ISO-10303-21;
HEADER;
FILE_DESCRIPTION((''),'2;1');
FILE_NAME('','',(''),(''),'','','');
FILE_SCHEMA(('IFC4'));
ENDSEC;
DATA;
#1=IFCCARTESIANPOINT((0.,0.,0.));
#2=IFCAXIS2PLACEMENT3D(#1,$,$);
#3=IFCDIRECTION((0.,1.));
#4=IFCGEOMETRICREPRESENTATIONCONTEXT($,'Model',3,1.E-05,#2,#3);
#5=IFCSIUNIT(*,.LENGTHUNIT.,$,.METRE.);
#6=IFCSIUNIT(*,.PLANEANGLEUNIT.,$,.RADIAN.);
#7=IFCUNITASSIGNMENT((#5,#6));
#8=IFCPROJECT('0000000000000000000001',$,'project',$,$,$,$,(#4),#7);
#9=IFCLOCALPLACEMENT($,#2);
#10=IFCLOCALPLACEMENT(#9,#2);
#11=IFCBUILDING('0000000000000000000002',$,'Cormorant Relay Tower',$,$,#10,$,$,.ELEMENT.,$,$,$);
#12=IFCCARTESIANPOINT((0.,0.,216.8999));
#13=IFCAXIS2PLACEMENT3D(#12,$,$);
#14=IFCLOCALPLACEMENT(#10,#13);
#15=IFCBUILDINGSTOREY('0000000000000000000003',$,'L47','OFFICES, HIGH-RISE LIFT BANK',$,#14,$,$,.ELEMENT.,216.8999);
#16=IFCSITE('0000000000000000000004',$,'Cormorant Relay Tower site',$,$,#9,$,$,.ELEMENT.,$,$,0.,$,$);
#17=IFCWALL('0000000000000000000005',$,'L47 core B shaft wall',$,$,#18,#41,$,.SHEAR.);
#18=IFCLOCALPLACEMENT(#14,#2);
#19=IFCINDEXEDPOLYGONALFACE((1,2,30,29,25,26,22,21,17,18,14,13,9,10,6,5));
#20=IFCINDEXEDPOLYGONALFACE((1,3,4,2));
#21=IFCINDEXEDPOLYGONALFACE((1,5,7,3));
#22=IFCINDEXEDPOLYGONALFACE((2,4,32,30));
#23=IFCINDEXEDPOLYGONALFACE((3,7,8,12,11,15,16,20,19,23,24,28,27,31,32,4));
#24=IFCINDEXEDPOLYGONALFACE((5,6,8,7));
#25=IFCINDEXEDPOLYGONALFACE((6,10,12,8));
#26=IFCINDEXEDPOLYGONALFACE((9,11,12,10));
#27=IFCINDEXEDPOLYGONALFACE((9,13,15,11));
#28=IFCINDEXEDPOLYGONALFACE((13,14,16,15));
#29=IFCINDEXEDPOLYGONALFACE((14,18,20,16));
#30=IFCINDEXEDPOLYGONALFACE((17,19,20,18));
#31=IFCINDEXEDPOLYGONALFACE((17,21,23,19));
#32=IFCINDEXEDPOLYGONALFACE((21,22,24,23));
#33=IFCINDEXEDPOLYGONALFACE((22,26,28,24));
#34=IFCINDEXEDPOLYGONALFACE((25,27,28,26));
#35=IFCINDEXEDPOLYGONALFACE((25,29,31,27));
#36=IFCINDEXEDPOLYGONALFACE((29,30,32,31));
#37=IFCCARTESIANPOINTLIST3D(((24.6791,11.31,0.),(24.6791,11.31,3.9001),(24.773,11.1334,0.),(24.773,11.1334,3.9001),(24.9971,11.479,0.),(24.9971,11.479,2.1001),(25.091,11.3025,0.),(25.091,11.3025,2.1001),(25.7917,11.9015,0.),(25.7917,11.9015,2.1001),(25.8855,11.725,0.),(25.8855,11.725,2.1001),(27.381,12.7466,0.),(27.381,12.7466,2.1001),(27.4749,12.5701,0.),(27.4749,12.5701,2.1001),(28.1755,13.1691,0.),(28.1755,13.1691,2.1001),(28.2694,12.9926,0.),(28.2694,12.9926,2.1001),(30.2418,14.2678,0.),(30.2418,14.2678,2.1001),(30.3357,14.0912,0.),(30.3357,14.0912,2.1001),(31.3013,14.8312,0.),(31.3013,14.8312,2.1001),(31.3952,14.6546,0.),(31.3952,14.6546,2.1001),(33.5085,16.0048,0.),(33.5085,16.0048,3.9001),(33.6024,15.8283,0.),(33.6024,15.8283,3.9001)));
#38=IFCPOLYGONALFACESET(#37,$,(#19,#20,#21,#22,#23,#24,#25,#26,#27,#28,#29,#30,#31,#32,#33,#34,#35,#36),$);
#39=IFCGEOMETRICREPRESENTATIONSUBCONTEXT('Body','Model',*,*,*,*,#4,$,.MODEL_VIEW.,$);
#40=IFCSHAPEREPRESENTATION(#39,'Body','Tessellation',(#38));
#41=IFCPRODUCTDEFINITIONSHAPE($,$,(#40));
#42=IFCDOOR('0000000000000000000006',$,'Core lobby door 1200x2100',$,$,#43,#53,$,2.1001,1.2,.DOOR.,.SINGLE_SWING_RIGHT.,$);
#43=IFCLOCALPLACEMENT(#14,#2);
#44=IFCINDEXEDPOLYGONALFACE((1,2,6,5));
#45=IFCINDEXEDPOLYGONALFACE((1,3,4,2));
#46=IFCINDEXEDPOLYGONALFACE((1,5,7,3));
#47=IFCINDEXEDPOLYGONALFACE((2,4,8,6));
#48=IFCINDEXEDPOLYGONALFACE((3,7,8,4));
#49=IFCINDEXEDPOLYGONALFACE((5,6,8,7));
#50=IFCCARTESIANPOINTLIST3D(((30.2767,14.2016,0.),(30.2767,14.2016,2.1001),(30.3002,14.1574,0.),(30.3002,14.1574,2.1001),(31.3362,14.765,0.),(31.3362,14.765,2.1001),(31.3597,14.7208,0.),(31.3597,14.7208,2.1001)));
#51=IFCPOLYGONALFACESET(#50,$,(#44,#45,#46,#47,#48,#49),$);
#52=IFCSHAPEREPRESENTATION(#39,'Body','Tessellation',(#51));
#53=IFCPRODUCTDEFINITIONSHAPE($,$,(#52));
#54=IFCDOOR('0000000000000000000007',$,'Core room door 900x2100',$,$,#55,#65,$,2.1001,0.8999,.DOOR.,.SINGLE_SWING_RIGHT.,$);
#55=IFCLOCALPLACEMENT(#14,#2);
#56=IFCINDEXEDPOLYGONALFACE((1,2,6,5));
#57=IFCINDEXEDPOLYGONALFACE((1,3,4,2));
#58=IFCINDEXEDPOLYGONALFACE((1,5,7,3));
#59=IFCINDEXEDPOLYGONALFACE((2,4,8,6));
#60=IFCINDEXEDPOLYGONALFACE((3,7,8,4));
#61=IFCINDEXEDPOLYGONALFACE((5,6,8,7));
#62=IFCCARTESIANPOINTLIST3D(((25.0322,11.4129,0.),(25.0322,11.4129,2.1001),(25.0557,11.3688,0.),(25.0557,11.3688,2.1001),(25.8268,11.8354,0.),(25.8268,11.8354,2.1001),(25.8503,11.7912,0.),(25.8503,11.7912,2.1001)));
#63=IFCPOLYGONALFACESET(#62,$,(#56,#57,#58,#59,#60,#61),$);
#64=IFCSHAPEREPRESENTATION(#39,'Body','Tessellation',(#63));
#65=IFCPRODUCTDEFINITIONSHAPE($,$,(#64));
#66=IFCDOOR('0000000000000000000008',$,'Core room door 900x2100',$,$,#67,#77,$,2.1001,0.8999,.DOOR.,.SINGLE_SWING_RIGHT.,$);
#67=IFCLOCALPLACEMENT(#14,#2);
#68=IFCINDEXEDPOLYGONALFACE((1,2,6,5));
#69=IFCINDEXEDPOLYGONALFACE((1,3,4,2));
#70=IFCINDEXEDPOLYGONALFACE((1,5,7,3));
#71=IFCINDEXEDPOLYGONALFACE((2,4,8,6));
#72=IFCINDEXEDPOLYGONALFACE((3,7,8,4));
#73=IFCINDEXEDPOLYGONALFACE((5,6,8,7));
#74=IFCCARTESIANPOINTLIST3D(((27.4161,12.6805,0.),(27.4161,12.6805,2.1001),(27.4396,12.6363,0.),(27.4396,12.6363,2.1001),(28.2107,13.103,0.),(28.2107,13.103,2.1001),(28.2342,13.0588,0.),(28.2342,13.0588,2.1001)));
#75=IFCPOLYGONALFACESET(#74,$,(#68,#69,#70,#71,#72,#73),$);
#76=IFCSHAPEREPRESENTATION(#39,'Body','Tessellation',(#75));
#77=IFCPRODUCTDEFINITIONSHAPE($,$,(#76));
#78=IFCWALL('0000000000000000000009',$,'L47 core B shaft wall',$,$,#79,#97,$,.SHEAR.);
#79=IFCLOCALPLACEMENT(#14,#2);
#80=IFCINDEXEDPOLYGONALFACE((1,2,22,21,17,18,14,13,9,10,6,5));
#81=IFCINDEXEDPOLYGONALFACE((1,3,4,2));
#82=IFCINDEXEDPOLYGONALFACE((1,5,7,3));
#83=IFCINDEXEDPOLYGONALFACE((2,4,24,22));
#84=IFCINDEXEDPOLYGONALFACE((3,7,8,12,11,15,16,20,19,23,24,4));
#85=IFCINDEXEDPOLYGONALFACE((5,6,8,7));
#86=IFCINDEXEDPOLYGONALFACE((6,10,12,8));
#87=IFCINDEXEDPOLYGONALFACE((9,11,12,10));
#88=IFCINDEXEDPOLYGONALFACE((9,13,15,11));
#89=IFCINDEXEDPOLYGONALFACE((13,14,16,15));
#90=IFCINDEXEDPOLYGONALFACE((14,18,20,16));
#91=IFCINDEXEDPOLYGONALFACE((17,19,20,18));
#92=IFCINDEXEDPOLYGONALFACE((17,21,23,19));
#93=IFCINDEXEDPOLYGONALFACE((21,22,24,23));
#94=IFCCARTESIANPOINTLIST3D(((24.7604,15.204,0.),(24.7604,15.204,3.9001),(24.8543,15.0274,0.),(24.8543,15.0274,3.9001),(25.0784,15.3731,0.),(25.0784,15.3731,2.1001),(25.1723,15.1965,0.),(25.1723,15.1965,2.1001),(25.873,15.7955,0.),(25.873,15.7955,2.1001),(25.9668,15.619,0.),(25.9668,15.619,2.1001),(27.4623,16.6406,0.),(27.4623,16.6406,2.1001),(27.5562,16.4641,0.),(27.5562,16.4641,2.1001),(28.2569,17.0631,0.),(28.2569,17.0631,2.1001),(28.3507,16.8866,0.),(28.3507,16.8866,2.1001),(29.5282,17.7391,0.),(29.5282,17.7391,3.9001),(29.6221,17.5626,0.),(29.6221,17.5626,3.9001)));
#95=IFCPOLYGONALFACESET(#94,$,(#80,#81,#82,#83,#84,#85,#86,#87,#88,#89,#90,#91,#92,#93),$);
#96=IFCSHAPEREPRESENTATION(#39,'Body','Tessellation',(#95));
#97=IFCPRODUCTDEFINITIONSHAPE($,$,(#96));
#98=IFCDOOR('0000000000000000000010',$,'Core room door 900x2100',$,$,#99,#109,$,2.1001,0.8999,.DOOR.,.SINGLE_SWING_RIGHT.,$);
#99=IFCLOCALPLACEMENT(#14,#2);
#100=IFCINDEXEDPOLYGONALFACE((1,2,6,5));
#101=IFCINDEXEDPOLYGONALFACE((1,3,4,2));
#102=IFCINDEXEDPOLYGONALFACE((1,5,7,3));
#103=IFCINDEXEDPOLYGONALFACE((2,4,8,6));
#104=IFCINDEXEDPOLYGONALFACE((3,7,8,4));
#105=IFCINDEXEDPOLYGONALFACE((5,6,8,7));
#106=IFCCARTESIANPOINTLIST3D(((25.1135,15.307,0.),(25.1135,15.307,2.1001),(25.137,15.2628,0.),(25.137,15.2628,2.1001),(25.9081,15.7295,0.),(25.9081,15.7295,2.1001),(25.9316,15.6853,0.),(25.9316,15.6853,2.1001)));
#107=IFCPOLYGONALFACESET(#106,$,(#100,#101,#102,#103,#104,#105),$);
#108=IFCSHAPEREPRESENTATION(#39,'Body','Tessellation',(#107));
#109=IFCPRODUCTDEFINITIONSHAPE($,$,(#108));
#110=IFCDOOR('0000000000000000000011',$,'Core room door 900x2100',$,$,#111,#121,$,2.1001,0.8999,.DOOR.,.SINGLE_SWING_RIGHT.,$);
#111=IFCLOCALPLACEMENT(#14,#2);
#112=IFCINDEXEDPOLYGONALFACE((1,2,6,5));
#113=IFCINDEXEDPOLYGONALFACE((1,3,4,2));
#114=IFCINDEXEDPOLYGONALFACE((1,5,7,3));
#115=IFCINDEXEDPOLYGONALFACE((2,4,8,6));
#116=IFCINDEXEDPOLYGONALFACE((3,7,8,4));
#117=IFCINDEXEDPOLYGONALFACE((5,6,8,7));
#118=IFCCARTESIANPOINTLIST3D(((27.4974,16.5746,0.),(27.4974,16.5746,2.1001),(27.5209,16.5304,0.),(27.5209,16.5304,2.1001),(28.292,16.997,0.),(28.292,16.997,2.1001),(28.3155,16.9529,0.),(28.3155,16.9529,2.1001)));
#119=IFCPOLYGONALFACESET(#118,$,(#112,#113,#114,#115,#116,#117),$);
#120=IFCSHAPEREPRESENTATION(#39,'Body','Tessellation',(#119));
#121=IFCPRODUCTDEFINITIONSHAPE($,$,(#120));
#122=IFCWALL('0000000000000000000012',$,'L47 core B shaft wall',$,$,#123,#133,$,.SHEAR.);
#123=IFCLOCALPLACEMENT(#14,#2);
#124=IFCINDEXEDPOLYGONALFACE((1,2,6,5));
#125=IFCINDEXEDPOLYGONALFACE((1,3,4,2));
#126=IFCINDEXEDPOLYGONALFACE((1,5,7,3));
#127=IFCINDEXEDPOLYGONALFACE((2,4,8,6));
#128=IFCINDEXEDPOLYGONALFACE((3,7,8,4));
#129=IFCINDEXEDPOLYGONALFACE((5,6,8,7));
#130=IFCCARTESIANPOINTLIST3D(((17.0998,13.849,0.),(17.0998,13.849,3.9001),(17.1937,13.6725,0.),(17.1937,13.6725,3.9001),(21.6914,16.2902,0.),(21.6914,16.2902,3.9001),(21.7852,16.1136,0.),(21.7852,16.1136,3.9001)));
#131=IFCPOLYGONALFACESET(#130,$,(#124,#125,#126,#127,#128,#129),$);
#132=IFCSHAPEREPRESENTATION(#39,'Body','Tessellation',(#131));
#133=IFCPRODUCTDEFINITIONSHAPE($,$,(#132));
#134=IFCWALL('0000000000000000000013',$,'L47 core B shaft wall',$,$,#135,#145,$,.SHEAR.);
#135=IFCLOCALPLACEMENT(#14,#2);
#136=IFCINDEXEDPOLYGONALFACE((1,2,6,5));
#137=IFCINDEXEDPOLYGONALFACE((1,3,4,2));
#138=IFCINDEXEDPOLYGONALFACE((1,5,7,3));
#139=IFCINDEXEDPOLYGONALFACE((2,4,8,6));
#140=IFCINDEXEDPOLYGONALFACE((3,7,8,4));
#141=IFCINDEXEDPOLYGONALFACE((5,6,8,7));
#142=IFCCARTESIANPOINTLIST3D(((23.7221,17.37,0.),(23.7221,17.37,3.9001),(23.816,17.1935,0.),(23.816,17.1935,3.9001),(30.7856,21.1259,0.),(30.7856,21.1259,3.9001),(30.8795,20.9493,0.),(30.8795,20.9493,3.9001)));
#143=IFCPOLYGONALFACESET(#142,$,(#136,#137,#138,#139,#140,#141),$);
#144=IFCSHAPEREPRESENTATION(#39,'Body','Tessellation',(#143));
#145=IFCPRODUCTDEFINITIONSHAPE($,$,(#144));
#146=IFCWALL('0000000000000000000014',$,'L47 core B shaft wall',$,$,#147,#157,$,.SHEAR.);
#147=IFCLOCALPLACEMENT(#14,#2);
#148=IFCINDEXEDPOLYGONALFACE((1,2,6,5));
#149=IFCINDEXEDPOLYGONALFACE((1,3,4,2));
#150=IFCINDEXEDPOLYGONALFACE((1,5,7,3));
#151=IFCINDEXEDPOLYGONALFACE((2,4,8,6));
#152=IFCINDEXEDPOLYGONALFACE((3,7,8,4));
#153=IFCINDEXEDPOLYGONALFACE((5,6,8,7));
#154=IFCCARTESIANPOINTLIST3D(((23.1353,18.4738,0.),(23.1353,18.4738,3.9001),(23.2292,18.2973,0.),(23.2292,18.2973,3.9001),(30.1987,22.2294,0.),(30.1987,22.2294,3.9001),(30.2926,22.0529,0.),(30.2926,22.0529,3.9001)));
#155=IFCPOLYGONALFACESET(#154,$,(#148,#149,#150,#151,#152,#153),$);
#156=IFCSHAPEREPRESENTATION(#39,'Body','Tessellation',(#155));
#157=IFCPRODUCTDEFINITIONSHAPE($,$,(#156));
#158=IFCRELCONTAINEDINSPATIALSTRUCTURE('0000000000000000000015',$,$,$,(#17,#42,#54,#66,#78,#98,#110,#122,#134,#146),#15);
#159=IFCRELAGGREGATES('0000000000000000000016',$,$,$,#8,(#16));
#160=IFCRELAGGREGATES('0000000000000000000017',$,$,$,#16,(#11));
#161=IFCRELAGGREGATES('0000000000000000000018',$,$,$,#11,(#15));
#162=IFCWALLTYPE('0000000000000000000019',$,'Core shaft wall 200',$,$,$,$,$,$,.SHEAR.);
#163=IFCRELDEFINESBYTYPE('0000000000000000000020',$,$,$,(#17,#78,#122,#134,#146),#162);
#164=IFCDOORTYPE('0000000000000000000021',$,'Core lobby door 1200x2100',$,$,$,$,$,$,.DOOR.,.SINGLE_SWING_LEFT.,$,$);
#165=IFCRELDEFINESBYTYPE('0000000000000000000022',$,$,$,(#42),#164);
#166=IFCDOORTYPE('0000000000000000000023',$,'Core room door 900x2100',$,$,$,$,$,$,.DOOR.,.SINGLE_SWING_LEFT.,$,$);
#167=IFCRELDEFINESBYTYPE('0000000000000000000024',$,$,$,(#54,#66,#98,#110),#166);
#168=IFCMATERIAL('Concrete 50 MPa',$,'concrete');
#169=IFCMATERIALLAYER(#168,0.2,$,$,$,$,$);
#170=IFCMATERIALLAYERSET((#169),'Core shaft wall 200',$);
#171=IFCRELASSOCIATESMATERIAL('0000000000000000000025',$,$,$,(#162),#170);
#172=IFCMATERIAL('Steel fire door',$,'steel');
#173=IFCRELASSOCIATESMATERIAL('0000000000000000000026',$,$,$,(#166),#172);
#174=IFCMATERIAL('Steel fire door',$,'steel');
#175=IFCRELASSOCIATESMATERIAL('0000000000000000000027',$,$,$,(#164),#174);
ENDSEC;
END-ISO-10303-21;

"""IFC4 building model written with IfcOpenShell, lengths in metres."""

from ifc_helpers import new_model, si_unit, direction, frame, frame_2d, origin, place, context, subcontext, project, spatial, rectangle, extrude, material, layer, layer_set, type_object, element, fill, save


model = new_model("IFC4")

# Units and contexts
model_context = context("Model", 3, precision=1e-05, world=origin(), true_north=direction((0.0, 1.0)))
body_context = subcontext(model_context, "Body", "Model", "MODEL_VIEW")
ifc_project = project(units=[si_unit("LENGTHUNIT", "METRE"), si_unit("PLANEANGLEUNIT", "RADIAN")], contexts=[model_context])

# Site, building, storey
site_placement = place(None, origin())
site = spatial("IfcSite", under=ifc_project, at=site_placement, Name="Cormorant Relay Tower site", CompositionType="ELEMENT", RefElevation=0.0)
building_placement = place(site_placement, origin())
building = spatial("IfcBuilding", under=site, at=building_placement, Name="Cormorant Relay Tower", CompositionType="ELEMENT")
storey_placement = place(building_placement, frame((0.0, 0.0, 216.8999)))
storey = spatial("IfcBuildingStorey", under=building, at=storey_placement, Name="L47", Description="OFFICES, HIGH-RISE LIFT BANK", CompositionType="ELEMENT", Elevation=216.8999)

# Shared definitions
ifc_material_1 = material(Name="Concrete 50 MPa", Category="concrete")
ifc_layer_1 = layer(ifc_material_1, 0.2)
ifc_layer_set_1 = layer_set([ifc_layer_1], Name="Core shaft wall 200")
wall_type_1 = type_object("IfcWallType", Name="Core shaft wall 200", PredefinedType="SHEAR", material=ifc_layer_set_1)

# Shared definitions
ifc_material_2 = material(Name="Steel fire door", Category="steel")
door_type_1 = type_object("IfcDoorType", Name="Core room door 900x2100", OperationType="SINGLE_SWING_LEFT", PredefinedType="DOOR", material=ifc_material_2)

# Walls, openings, doors
wall_1_placement = place(storey_placement, frame((24.7261, 11.2217, 0.0), z_axis=(0.0, 0.0, 1.0), x_axis=(0.88294, 0.469485, 0.0)))
wall_1 = element("IfcWall", 1, at=wall_1_placement, inside=storey, type_object=wall_type_1, Name="L47 core B shaft wall", PredefinedType="SHEAR", context=body_context, shape_type="SweptSolid", body=[
    extrude(rectangle(XDim=10.0, YDim=0.2, at=frame_2d((5.0, 0.0))), origin(), (0.0, 0.0, 1.0), 3.9001),
])
opening_1_placement = place(wall_1_placement, frame((6.3, 0.0, 0.0)))
opening_1 = element("IfcOpeningElement", 2, at=opening_1_placement, cuts=wall_1, PredefinedType="OPENING", context=body_context, shape_type="SweptSolid", body=[
    extrude(rectangle(XDim=1.2, YDim=2.1001, at=frame_2d((0.6001, 1.05))), frame((0.0, 0.1099, 0.0), z_axis=(0.0, -1.0, 0.0), x_axis=(1.0, 0.0, 0.0)), (0.0, 0.0, 1.0), 0.22),
])
opening_2_placement = place(wall_1_placement, frame((0.3601, 0.0, 0.0)))
opening_2 = element("IfcOpeningElement", 3, at=opening_2_placement, cuts=wall_1, PredefinedType="OPENING", context=body_context, shape_type="SweptSolid", body=[
    extrude(rectangle(XDim=0.8999, YDim=2.1001, at=frame_2d((0.45, 1.05))), frame((0.0, 0.1099, 0.0), z_axis=(0.0, -1.0, 0.0), x_axis=(1.0, 0.0, 0.0)), (0.0, 0.0, 1.0), 0.22),
])
opening_3_placement = place(wall_1_placement, frame((3.0601, 0.0, 0.0)))
opening_3 = element("IfcOpeningElement", 4, at=opening_3_placement, cuts=wall_1, PredefinedType="OPENING", context=body_context, shape_type="SweptSolid", body=[
    extrude(rectangle(XDim=0.8999, YDim=2.1001, at=frame_2d((0.45, 1.05))), frame((0.0, 0.1099, 0.0), z_axis=(0.0, -1.0, 0.0), x_axis=(1.0, 0.0, 0.0)), (0.0, 0.0, 1.0), 0.22),
])
ifc_material_3 = material(Name="Steel fire door", Category="steel")
door_type_2 = type_object("IfcDoorType", Name="Core lobby door 1200x2100", OperationType="SINGLE_SWING_LEFT", PredefinedType="DOOR", material=ifc_material_3)
door_1_placement = place(opening_1_placement, frame((1.2, 0.0, 0.0), z_axis=(0.0, 0.0, 1.0), x_axis=(-1.0, 0.0, 0.0)))
door_1 = element("IfcDoor", 5, at=door_1_placement, inside=storey, type_object=door_type_2, Name="Core lobby door 1200x2100", OperationType="SINGLE_SWING_RIGHT", OverallHeight=2.1001, OverallWidth=1.2, PredefinedType="DOOR", context=body_context, shape_type="SweptSolid", body=[
    extrude(rectangle(XDim=1.2, YDim=2.1001, at=frame_2d((0.6001, 1.05))), frame((0.0, 0.0249, 0.0), z_axis=(0.0, -1.0, 0.0), x_axis=(1.0, 0.0, 0.0)), (0.0, 0.0, 1.0), 0.05),
])
fill(opening_1, door_1)
door_2_placement = place(opening_2_placement, frame((0.8999, 0.0, 0.0), z_axis=(0.0, 0.0, 1.0), x_axis=(-1.0, 0.0, 0.0)))
door_2 = element("IfcDoor", 6, at=door_2_placement, inside=storey, type_object=door_type_1, Name="Core room door 900x2100", OperationType="SINGLE_SWING_RIGHT", OverallHeight=2.1001, OverallWidth=0.8999, PredefinedType="DOOR", context=body_context, shape_type="SweptSolid", body=[
    extrude(rectangle(XDim=0.8999, YDim=2.1001, at=frame_2d((0.45, 1.05))), frame((0.0, 0.0249, 0.0), z_axis=(0.0, -1.0, 0.0), x_axis=(1.0, 0.0, 0.0)), (0.0, 0.0, 1.0), 0.05),
])
fill(opening_2, door_2)
door_3_placement = place(opening_3_placement, frame((0.8999, 0.0, 0.0), z_axis=(0.0, 0.0, 1.0), x_axis=(-1.0, 0.0, 0.0)))
door_3 = element("IfcDoor", 7, at=door_3_placement, inside=storey, type_object=door_type_1, Name="Core room door 900x2100", OperationType="SINGLE_SWING_RIGHT", OverallHeight=2.1001, OverallWidth=0.8999, PredefinedType="DOOR", context=body_context, shape_type="SweptSolid", body=[
    extrude(rectangle(XDim=0.8999, YDim=2.1001, at=frame_2d((0.45, 1.05))), frame((0.0, 0.0249, 0.0), z_axis=(0.0, -1.0, 0.0), x_axis=(1.0, 0.0, 0.0)), (0.0, 0.0, 1.0), 0.05),
])
fill(opening_3, door_3)
wall_2_placement = place(storey_placement, frame((24.8074, 15.1157, 0.0), z_axis=(0.0, 0.0, 1.0), x_axis=(0.882943, 0.46948, 0.0)))
wall_2 = element("IfcWall", 8, at=wall_2_placement, inside=storey, type_object=wall_type_1, Name="L47 core B shaft wall", PredefinedType="SHEAR", context=body_context, shape_type="SweptSolid", body=[
    extrude(rectangle(XDim=5.3999, YDim=0.2, at=frame_2d((2.7, 0.0))), origin(), (0.0, 0.0, 1.0), 3.9001),
])
opening_4_placement = place(wall_2_placement, frame((0.3601, 0.0, 0.0)))
opening_4 = element("IfcOpeningElement", 9, at=opening_4_placement, cuts=wall_2, PredefinedType="OPENING", context=body_context, shape_type="SweptSolid", body=[
    extrude(rectangle(XDim=0.8999, YDim=2.1001, at=frame_2d((0.45, 1.05))), frame((0.0, 0.1099, 0.0), z_axis=(0.0, -1.0, 0.0), x_axis=(1.0, 0.0, 0.0)), (0.0, 0.0, 1.0), 0.22),
])
opening_5_placement = place(wall_2_placement, frame((3.0601, 0.0, 0.0)))
opening_5 = element("IfcOpeningElement", 10, at=opening_5_placement, cuts=wall_2, PredefinedType="OPENING", context=body_context, shape_type="SweptSolid", body=[
    extrude(rectangle(XDim=0.8999, YDim=2.1001, at=frame_2d((0.45, 1.05))), frame((0.0, 0.1099, 0.0), z_axis=(0.0, -1.0, 0.0), x_axis=(1.0, 0.0, 0.0)), (0.0, 0.0, 1.0), 0.22),
])
door_4_placement = place(opening_4_placement, frame((0.8999, 0.0, 0.0), z_axis=(0.0, 0.0, 1.0), x_axis=(-1.0, 0.0, 0.0)))
door_4 = element("IfcDoor", 11, at=door_4_placement, inside=storey, type_object=door_type_1, Name="Core room door 900x2100", OperationType="SINGLE_SWING_RIGHT", OverallHeight=2.1001, OverallWidth=0.8999, PredefinedType="DOOR", context=body_context, shape_type="SweptSolid", body=[
    extrude(rectangle(XDim=0.8999, YDim=2.1001, at=frame_2d((0.45, 1.05))), frame((0.0, 0.0249, 0.0), z_axis=(0.0, -1.0, 0.0), x_axis=(1.0, 0.0, 0.0)), (0.0, 0.0, 1.0), 0.05),
])
fill(opening_4, door_4)
door_5_placement = place(opening_5_placement, frame((0.8999, 0.0, 0.0), z_axis=(0.0, 0.0, 1.0), x_axis=(-1.0, 0.0, 0.0)))
door_5 = element("IfcDoor", 12, at=door_5_placement, inside=storey, type_object=door_type_1, Name="Core room door 900x2100", OperationType="SINGLE_SWING_RIGHT", OverallHeight=2.1001, OverallWidth=0.8999, PredefinedType="DOOR", context=body_context, shape_type="SweptSolid", body=[
    extrude(rectangle(XDim=0.8999, YDim=2.1001, at=frame_2d((0.45, 1.05))), frame((0.0, 0.0249, 0.0), z_axis=(0.0, -1.0, 0.0), x_axis=(1.0, 0.0, 0.0)), (0.0, 0.0, 1.0), 0.05),
])
fill(opening_5, door_5)

# Walls
wall_3_placement = place(storey_placement, frame((17.1467, 13.7607, 0.0), z_axis=(0.0, 0.0, 1.0), x_axis=(0.882964, 0.46944, 0.0)))
element("IfcWall", 13, at=wall_3_placement, inside=storey, type_object=wall_type_1, Name="L47 core B shaft wall", PredefinedType="SHEAR", context=body_context, shape_type="SweptSolid", body=[
    extrude(rectangle(XDim=5.2002, YDim=0.2, at=frame_2d((2.6001, 0.0))), origin(), (0.0, 0.0, 1.0), 3.9001),
])
wall_4_placement = place(storey_placement, frame((23.769, 17.2817, 0.0), z_axis=(0.0, 0.0, 1.0), x_axis=(0.88294, 0.469485, 0.0)))
element("IfcWall", 14, at=wall_4_placement, inside=storey, type_object=wall_type_1, Name="L47 core B shaft wall", PredefinedType="SHEAR", context=body_context, shape_type="SweptSolid", body=[
    extrude(rectangle(XDim=8.0, YDim=0.2, at=frame_2d((4.0, 0.0))), origin(), (0.0, 0.0, 1.0), 3.9001),
])
wall_5_placement = place(storey_placement, frame((23.1821, 18.3855, 0.0), z_axis=(0.0, 0.0, 1.0), x_axis=(0.882953, 0.469462, 0.0)))
element("IfcWall", 15, at=wall_5_placement, inside=storey, type_object=wall_type_1, Name="L47 core B shaft wall", PredefinedType="SHEAR", context=body_context, shape_type="SweptSolid", body=[
    extrude(rectangle(XDim=7.9998, YDim=0.2, at=frame_2d((4.0, 0.0))), origin(), (0.0, 0.0, 1.0), 3.9001),
])

save(model, "model.ifc")
